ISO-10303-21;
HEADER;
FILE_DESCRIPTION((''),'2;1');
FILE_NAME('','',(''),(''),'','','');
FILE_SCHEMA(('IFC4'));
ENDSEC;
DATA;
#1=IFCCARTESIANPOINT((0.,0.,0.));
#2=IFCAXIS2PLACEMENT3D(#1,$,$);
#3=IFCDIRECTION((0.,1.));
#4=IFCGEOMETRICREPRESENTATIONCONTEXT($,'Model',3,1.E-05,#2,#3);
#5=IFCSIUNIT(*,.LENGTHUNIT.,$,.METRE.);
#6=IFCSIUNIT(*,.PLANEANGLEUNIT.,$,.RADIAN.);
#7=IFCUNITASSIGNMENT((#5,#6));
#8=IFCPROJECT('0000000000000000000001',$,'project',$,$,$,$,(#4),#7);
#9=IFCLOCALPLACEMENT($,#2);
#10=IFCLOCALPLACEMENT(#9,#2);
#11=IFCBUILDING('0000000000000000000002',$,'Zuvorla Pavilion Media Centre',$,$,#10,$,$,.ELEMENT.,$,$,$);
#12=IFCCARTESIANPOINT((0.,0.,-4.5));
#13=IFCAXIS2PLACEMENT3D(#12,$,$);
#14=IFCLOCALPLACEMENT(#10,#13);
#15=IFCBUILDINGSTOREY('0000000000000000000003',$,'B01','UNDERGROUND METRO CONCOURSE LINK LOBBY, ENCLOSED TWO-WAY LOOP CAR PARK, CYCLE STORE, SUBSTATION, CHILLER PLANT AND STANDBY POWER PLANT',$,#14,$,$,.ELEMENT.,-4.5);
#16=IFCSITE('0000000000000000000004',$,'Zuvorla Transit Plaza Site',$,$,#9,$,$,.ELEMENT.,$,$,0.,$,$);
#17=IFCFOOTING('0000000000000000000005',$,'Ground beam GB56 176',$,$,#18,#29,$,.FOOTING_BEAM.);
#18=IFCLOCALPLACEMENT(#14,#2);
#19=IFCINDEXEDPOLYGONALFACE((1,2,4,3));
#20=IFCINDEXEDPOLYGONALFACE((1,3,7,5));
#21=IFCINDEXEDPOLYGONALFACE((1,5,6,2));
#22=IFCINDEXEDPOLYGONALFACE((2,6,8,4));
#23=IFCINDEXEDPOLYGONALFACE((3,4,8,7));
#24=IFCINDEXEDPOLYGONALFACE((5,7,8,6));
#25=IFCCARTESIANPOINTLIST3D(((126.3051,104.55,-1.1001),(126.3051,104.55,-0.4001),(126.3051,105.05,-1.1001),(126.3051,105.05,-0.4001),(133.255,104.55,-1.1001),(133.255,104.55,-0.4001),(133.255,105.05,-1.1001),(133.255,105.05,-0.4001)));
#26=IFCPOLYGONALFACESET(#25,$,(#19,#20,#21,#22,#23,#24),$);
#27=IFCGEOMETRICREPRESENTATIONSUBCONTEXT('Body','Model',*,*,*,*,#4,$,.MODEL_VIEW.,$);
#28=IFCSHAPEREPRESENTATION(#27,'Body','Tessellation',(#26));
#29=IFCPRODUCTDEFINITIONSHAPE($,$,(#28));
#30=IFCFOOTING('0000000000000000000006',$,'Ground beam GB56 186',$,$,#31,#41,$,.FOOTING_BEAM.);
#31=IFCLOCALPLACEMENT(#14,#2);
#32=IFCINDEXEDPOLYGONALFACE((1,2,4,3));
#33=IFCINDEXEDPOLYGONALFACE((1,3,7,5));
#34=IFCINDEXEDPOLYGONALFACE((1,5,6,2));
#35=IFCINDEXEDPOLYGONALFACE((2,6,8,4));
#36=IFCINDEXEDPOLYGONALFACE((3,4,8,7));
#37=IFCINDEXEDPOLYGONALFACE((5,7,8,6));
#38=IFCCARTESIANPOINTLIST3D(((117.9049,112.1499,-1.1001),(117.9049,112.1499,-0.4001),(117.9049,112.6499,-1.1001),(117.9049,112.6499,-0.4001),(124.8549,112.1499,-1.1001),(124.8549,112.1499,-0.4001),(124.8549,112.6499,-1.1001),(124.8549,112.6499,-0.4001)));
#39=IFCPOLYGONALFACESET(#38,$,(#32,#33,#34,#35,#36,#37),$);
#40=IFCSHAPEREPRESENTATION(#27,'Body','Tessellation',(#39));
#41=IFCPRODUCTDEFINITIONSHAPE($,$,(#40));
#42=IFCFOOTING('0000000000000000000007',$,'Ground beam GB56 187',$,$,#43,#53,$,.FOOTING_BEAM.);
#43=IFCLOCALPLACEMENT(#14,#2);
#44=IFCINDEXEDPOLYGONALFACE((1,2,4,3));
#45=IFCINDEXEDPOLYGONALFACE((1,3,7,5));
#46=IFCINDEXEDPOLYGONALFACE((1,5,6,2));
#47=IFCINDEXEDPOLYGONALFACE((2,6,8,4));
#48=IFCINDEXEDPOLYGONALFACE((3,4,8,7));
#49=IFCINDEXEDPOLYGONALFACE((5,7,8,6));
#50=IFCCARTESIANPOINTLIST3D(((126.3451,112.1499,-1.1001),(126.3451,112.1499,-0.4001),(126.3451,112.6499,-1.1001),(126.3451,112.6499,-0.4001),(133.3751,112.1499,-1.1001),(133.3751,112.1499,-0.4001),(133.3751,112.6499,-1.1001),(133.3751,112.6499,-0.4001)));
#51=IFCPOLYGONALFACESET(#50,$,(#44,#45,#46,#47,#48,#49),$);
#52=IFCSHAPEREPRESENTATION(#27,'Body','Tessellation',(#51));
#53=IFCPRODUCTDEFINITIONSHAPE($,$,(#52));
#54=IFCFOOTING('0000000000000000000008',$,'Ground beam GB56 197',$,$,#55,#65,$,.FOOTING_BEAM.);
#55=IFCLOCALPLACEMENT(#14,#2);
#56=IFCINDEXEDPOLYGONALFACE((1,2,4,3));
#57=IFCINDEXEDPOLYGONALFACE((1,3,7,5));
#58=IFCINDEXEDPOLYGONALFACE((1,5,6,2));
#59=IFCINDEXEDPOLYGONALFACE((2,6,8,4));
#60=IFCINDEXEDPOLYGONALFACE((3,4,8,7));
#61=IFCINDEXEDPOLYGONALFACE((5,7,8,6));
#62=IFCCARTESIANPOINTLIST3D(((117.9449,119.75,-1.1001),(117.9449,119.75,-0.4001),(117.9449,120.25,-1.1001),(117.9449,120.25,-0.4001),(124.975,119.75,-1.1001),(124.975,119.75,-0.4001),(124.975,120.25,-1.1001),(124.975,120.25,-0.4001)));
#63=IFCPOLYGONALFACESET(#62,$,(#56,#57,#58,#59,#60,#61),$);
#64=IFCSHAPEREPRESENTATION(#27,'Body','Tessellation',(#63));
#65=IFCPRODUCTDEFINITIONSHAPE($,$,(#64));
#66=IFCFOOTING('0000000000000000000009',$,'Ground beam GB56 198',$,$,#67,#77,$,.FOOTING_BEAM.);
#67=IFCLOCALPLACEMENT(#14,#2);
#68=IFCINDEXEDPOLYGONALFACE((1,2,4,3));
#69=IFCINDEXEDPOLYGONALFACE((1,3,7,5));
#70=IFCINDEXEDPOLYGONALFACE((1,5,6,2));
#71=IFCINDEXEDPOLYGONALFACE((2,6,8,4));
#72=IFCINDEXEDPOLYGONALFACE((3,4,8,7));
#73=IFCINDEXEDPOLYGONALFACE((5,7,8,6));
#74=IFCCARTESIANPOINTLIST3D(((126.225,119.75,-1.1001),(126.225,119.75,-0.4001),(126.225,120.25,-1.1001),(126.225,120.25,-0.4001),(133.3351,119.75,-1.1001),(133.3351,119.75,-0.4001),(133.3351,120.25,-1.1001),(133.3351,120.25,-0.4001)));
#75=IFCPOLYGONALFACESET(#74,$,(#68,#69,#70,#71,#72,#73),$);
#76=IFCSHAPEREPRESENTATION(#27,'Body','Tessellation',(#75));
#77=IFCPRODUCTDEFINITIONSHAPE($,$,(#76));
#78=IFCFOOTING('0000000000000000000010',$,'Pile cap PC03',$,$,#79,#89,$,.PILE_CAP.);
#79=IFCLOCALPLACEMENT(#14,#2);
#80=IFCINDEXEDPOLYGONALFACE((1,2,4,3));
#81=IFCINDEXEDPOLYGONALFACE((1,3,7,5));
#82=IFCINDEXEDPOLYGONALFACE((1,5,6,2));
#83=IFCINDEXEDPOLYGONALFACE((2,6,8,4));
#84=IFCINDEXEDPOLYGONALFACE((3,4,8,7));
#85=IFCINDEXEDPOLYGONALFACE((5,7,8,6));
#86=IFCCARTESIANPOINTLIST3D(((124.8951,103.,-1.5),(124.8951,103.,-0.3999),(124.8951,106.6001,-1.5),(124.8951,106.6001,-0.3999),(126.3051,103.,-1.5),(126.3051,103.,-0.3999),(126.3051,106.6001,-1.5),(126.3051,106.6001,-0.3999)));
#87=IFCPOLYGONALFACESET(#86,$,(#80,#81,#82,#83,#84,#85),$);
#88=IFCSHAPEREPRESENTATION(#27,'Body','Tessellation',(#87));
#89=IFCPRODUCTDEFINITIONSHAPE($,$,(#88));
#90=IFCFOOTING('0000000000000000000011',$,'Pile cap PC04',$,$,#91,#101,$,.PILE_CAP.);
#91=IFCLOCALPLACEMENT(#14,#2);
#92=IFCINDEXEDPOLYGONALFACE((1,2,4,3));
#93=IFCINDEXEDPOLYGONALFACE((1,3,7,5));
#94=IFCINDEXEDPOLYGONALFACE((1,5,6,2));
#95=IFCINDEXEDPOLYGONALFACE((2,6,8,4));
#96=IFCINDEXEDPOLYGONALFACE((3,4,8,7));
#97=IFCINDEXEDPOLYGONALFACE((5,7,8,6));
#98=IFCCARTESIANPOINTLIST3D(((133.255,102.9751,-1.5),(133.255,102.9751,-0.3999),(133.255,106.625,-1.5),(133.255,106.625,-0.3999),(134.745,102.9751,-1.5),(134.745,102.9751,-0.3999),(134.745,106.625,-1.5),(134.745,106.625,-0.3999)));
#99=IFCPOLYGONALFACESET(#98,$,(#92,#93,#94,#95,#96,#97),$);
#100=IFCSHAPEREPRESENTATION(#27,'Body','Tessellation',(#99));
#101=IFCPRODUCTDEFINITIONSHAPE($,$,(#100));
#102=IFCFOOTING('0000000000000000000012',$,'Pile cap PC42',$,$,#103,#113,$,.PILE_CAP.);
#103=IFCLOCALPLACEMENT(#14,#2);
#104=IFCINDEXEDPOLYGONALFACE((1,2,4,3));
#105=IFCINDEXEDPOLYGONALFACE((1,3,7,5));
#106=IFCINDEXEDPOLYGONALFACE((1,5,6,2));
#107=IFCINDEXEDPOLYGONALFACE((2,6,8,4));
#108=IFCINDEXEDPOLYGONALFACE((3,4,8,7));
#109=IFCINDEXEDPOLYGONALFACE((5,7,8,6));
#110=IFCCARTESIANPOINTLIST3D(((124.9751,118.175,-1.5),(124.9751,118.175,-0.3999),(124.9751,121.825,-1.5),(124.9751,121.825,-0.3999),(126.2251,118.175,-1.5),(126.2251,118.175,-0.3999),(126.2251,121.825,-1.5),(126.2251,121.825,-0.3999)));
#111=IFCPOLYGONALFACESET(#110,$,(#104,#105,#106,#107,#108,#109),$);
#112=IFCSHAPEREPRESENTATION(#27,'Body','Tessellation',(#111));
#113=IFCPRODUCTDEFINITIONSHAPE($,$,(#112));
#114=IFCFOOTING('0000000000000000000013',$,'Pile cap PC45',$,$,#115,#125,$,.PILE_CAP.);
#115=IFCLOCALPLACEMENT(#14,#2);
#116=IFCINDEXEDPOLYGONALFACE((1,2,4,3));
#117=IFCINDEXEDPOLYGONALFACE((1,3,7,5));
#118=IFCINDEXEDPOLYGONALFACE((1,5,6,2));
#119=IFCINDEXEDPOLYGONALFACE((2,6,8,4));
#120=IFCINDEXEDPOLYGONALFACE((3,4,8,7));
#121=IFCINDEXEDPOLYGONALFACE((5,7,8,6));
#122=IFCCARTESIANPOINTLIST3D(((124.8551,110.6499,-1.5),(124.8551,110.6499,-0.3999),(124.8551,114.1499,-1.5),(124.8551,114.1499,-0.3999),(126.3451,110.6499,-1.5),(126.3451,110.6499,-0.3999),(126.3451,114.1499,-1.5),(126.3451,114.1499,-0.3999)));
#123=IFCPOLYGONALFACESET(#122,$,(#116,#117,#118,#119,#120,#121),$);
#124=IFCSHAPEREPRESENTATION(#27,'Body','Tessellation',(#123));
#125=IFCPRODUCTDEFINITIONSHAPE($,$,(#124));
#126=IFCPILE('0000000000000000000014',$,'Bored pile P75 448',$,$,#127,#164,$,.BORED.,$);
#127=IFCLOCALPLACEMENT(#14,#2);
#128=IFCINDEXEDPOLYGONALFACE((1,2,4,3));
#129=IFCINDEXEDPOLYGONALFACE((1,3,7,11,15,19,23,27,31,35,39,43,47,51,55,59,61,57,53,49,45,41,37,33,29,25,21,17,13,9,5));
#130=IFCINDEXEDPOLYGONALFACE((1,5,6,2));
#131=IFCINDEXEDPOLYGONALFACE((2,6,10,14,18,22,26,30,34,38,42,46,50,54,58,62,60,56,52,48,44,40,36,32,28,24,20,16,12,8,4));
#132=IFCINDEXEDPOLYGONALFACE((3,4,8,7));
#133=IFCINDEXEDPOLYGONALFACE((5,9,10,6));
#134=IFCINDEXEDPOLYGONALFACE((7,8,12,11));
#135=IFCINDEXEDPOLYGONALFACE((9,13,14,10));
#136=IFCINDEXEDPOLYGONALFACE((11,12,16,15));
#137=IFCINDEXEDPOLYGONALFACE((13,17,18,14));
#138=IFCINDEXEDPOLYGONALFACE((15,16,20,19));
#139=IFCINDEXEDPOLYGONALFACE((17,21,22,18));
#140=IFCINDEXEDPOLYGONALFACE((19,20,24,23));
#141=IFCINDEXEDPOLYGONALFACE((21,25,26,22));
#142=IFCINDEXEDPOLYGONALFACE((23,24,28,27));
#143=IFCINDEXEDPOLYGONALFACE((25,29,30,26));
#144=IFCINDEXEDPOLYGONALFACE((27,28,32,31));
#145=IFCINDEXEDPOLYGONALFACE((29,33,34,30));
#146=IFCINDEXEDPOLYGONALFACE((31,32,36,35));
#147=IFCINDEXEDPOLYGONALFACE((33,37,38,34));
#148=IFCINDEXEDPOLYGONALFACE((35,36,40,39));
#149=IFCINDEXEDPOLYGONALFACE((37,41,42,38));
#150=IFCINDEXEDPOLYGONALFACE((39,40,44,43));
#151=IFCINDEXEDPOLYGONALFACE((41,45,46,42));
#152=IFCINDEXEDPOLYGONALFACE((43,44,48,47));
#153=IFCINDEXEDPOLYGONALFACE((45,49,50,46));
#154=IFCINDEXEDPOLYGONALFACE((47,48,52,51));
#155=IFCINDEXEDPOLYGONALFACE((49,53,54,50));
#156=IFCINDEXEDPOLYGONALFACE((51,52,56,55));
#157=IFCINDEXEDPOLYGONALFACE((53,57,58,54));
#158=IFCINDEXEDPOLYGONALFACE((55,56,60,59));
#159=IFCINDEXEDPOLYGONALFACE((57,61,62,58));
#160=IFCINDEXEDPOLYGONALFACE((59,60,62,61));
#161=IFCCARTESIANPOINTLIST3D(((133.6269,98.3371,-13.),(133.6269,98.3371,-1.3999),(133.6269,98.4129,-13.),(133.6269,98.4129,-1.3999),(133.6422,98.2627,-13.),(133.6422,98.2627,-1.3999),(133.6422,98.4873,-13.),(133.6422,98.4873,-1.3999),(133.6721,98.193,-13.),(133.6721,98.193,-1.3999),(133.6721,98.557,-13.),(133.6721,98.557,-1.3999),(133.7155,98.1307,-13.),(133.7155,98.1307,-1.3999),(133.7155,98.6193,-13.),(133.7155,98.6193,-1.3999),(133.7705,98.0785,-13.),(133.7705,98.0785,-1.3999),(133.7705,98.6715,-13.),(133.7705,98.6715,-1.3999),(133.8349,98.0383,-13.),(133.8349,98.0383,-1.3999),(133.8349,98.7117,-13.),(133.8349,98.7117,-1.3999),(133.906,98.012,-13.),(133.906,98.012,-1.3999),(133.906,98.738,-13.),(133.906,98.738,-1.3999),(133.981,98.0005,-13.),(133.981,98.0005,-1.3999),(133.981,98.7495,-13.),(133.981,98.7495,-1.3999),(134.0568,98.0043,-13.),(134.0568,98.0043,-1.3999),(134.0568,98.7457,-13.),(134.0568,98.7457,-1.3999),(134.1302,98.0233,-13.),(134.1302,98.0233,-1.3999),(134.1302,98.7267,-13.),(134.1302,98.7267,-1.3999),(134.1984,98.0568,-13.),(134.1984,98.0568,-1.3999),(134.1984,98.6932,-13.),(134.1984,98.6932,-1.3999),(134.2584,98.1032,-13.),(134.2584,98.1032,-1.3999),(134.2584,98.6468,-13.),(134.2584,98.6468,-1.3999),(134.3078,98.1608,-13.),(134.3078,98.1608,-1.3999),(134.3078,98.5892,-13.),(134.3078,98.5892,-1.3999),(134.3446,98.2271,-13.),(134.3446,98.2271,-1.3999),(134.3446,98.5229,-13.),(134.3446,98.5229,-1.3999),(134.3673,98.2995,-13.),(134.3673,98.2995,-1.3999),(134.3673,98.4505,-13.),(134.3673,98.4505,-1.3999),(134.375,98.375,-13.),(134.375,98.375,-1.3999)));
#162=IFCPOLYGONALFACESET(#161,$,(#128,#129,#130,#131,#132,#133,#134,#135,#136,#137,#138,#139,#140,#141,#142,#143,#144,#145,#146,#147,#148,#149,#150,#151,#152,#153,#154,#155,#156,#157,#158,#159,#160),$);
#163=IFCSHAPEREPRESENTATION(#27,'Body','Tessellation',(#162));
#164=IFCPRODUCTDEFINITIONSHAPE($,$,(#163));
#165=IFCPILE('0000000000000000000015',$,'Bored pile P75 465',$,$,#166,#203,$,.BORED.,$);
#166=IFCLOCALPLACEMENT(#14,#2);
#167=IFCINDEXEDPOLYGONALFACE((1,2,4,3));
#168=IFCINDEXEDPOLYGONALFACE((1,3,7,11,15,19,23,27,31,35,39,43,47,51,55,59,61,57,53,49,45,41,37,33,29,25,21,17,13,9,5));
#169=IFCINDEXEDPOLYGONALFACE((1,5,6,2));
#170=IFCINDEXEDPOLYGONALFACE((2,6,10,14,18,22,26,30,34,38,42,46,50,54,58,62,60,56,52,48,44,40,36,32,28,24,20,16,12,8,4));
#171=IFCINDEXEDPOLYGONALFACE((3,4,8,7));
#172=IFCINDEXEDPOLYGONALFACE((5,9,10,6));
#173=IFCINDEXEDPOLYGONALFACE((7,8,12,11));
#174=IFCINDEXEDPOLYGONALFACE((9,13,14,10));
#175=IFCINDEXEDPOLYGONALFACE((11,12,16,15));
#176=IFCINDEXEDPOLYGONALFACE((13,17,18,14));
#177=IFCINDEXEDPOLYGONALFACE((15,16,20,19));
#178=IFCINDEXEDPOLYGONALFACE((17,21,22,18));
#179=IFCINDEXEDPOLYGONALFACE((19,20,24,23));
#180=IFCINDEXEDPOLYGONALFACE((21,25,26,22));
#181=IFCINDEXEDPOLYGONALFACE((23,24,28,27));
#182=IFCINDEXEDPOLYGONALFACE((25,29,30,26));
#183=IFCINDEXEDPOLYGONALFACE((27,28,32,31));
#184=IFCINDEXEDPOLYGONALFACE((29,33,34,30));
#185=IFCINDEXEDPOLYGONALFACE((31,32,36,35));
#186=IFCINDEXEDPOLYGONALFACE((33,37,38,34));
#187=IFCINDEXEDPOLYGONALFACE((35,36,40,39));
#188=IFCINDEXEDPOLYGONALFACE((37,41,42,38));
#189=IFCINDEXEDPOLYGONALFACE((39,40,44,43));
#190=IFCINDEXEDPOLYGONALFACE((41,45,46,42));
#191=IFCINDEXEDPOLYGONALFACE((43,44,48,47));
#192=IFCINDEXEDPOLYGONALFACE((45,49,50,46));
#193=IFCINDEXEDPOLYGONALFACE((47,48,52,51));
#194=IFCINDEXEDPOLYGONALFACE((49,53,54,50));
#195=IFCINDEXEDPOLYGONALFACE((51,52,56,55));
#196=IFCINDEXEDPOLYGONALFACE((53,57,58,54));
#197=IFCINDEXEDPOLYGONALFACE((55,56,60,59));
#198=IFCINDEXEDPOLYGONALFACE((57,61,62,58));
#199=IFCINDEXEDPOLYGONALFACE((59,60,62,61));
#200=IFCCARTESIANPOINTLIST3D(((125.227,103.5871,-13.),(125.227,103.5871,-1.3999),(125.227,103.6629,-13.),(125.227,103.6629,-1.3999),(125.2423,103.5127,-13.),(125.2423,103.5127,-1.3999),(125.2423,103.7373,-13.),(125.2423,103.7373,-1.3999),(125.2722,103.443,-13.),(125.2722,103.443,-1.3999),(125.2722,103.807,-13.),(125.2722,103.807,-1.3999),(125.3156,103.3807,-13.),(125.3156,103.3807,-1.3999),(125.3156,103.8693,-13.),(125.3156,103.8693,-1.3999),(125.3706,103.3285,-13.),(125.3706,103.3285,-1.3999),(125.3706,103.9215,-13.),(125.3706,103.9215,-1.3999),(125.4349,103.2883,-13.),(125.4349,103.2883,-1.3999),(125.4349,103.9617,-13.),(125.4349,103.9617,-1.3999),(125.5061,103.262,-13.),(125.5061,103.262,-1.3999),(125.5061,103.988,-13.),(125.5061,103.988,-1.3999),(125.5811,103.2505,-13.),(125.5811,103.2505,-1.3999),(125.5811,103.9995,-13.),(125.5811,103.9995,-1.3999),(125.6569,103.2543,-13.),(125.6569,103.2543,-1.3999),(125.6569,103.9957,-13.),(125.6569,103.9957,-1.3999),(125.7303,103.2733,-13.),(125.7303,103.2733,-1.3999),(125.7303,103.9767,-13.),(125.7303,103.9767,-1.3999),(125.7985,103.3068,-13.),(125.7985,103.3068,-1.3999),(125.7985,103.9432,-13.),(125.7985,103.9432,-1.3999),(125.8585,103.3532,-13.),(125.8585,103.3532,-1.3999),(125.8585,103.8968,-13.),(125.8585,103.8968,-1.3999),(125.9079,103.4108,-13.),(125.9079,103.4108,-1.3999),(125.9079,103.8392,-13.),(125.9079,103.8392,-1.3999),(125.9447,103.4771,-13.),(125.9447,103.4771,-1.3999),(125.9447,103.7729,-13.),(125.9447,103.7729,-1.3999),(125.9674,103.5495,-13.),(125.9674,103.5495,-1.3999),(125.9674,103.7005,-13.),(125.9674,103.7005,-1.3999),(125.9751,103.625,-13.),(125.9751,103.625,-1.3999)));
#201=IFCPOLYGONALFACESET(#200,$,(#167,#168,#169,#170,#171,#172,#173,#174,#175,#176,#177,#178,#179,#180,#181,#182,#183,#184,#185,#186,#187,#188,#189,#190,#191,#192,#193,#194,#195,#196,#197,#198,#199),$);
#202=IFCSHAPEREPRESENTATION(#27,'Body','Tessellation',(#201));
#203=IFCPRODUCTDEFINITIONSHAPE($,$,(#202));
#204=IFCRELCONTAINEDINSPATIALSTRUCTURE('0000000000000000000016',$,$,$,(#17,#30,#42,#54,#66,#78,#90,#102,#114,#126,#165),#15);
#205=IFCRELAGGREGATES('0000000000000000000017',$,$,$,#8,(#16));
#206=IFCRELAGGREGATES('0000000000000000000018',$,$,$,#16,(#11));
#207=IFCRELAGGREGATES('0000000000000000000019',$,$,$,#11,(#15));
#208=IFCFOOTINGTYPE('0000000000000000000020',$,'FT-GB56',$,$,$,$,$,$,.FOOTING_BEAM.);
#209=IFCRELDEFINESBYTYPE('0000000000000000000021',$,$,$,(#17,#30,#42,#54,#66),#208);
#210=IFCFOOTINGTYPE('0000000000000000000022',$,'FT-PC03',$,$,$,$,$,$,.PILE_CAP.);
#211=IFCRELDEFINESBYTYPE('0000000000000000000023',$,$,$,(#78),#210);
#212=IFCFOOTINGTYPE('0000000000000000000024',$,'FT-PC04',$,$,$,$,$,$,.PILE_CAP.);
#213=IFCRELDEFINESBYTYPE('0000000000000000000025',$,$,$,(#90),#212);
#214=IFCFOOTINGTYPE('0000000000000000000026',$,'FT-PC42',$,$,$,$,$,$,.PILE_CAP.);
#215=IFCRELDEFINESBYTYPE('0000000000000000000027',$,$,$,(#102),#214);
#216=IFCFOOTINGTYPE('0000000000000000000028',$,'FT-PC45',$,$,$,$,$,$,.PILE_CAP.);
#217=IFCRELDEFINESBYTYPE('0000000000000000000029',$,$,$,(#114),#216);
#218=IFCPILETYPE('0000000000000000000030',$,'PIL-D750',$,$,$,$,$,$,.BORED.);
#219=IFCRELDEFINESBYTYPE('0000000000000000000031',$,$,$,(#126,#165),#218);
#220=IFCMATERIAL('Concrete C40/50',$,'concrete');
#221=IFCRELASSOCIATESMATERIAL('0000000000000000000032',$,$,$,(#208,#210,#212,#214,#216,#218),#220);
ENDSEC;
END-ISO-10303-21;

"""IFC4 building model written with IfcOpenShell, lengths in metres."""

from ifc_helpers import new_model, si_unit, direction, frame, origin, origin_2d, place, context, subcontext, project, spatial, rectangle, circle, extrude, material, material_profile, profile_set, type_object, element, save


model = new_model("IFC4")

# Units and contexts
model_context = context("Model", 3, precision=1e-05, world=origin(), true_north=direction((0.0, 1.0)))
body_context = subcontext(model_context, "Body", "Model", "MODEL_VIEW")
ifc_project = project(units=[si_unit("LENGTHUNIT", "METRE"), si_unit("PLANEANGLEUNIT", "RADIAN")], contexts=[model_context])

# Site, building, storey
site_placement = place(None, origin())
site = spatial("IfcSite", under=ifc_project, at=site_placement, Name="Zuvorla Transit Plaza Site", CompositionType="ELEMENT", RefElevation=0.0)
building_placement = place(site_placement, origin())
building = spatial("IfcBuilding", under=site, at=building_placement, Name="Zuvorla Pavilion Media Centre", CompositionType="ELEMENT")
storey_placement = place(building_placement, frame((0.0, 0.0, -4.5)))
storey = spatial("IfcBuildingStorey", under=building, at=storey_placement, Name="B01", Description="UNDERGROUND METRO CONCOURSE LINK LOBBY, ENCLOSED TWO-WAY LOOP CAR PARK, CYCLE STORE, SUBSTATION, CHILLER PLANT AND STANDBY POWER PLANT", CompositionType="ELEMENT", Elevation=-4.5)

# Footings
ifc_material = material(Name="Concrete C40/50", Category="concrete")
footing_type_1 = type_object("IfcFootingType", Name="FT-GB56", PredefinedType="FOOTING_BEAM", material=ifc_material)
for number, where, z_axis, x_axis, name in (
    (1, (129.78, 104.8, -1.1001), (0.0, 0.0, 1.0), (1.0, 0.0, 0.0), "Ground beam GB56 176"),
    (2, (121.3799, 112.3999, -1.1001), (0.0, 0.0, 1.0), (1.0, 0.0, 0.0), "Ground beam GB56 186"),
):
    element("IfcFooting", number, at=place(storey_placement, frame(where, z_axis=z_axis, x_axis=x_axis)), inside=storey, type_object=footing_type_1, Name=name, PredefinedType="FOOTING_BEAM", context=body_context, shape_type="SweptSolid", body=[
        extrude(rectangle(XDim=6.95, YDim=0.5, at=origin_2d()), origin(), (0.0, 0.0, 1.0), 0.7),
    ])
for number, where, z_axis, x_axis, name in (
    (3, (129.8601, 112.3999, -1.1001), (0.0, 0.0, 1.0), (1.0, 0.0, 0.0), "Ground beam GB56 187"),
    (4, (121.46, 120.0, -1.1001), (0.0, 0.0, 1.0), (1.0, 0.0, 0.0), "Ground beam GB56 197"),
):
    element("IfcFooting", number, at=place(storey_placement, frame(where, z_axis=z_axis, x_axis=x_axis)), inside=storey, type_object=footing_type_1, Name=name, PredefinedType="FOOTING_BEAM", context=body_context, shape_type="SweptSolid", body=[
        extrude(rectangle(XDim=7.03, YDim=0.5, at=origin_2d()), origin(), (0.0, 0.0, 1.0), 0.7),
    ])
footing_1_placement = place(storey_placement, frame((129.78, 120.0, -1.1001), z_axis=(0.0, 0.0, 1.0), x_axis=(1.0, 0.0, 0.0)))
element("IfcFooting", 5, at=footing_1_placement, inside=storey, type_object=footing_type_1, Name="Ground beam GB56 198", PredefinedType="FOOTING_BEAM", context=body_context, shape_type="SweptSolid", body=[
    extrude(rectangle(XDim=7.1101, YDim=0.5, at=origin_2d()), origin(), (0.0, 0.0, 1.0), 0.7),
])
footing_type_2 = type_object("IfcFootingType", Name="FT-PC03", PredefinedType="PILE_CAP", material=ifc_material)
footing_2_placement = place(storey_placement, frame((125.6001, 104.8, -1.5), z_axis=(0.0, 0.0, 1.0), x_axis=(1.0, 0.0, 0.0)))
element("IfcFooting", 6, at=footing_2_placement, inside=storey, type_object=footing_type_2, Name="Pile cap PC03", PredefinedType="PILE_CAP", context=body_context, shape_type="SweptSolid", body=[
    extrude(rectangle(XDim=1.4099, YDim=3.6001, at=origin_2d()), origin(), (0.0, 0.0, 1.0), 1.1001),
])
footing_type_3 = type_object("IfcFootingType", Name="FT-PC04", PredefinedType="PILE_CAP", material=ifc_material)
footing_3_placement = place(storey_placement, frame((134.0, 104.8, -1.5), z_axis=(0.0, 0.0, 1.0), x_axis=(1.0, 0.0, 0.0)))
element("IfcFooting", 7, at=footing_3_placement, inside=storey, type_object=footing_type_3, Name="Pile cap PC04", PredefinedType="PILE_CAP", context=body_context, shape_type="SweptSolid", body=[
    extrude(rectangle(XDim=1.49, YDim=3.6499, at=origin_2d()), origin(), (0.0, 0.0, 1.0), 1.1001),
])
footing_type_4 = type_object("IfcFootingType", Name="FT-PC42", PredefinedType="PILE_CAP", material=ifc_material)
footing_4_placement = place(storey_placement, frame((125.6001, 120.0, -1.5), z_axis=(0.0, 0.0, 1.0), x_axis=(1.0, 0.0, 0.0)))
element("IfcFooting", 8, at=footing_4_placement, inside=storey, type_object=footing_type_4, Name="Pile cap PC42", PredefinedType="PILE_CAP", context=body_context, shape_type="SweptSolid", body=[
    extrude(rectangle(XDim=1.25, YDim=3.6499, at=origin_2d()), origin(), (0.0, 0.0, 1.0), 1.1001),
])
footing_type_5 = type_object("IfcFootingType", Name="FT-PC45", PredefinedType="PILE_CAP", material=ifc_material)
footing_5_placement = place(storey_placement, frame((125.6001, 112.3999, -1.5), z_axis=(0.0, 0.0, 1.0), x_axis=(1.0, 0.0, 0.0)))
element("IfcFooting", 9, at=footing_5_placement, inside=storey, type_object=footing_type_5, Name="Pile cap PC45", PredefinedType="PILE_CAP", context=body_context, shape_type="SweptSolid", body=[
    extrude(rectangle(XDim=1.49, YDim=3.5, at=origin_2d()), origin(), (0.0, 0.0, 1.0), 1.1001),
])

# Piles
ifc_material_profile_1 = material_profile(ifc_material, circle(Radius=0.375, at=origin_2d()), Name="BORED PILE 750")
ifc_profile_set_1 = profile_set([ifc_material_profile_1], Name="Concrete C40/50")
pile_type = type_object("IfcPileType", Name="PIL-D750", PredefinedType="BORED", material=ifc_profile_set_1)
for number, where, z_axis, x_axis, name in (
    (10, (134.0, 98.375, -1.3999), (0.0, 0.0, -1.0), (1.0, 0.0, 0.0), "Bored pile P75 448"),
    (11, (125.6001, 103.625, -1.3999), (0.0, 0.0, -1.0), (1.0, 0.0, 0.0), "Bored pile P75 465"),
):
    element("IfcPile", number, at=place(storey_placement, frame(where, z_axis=z_axis, x_axis=x_axis)), inside=storey, type_object=pile_type, Name=name, PredefinedType="BORED", context=body_context, shape_type="SweptSolid", body=[
        extrude(circle(Radius=0.375, at=origin_2d()), origin(), (0.0, 0.0, 1.0), 11.6001),
    ])

save(model, "model.ifc")
